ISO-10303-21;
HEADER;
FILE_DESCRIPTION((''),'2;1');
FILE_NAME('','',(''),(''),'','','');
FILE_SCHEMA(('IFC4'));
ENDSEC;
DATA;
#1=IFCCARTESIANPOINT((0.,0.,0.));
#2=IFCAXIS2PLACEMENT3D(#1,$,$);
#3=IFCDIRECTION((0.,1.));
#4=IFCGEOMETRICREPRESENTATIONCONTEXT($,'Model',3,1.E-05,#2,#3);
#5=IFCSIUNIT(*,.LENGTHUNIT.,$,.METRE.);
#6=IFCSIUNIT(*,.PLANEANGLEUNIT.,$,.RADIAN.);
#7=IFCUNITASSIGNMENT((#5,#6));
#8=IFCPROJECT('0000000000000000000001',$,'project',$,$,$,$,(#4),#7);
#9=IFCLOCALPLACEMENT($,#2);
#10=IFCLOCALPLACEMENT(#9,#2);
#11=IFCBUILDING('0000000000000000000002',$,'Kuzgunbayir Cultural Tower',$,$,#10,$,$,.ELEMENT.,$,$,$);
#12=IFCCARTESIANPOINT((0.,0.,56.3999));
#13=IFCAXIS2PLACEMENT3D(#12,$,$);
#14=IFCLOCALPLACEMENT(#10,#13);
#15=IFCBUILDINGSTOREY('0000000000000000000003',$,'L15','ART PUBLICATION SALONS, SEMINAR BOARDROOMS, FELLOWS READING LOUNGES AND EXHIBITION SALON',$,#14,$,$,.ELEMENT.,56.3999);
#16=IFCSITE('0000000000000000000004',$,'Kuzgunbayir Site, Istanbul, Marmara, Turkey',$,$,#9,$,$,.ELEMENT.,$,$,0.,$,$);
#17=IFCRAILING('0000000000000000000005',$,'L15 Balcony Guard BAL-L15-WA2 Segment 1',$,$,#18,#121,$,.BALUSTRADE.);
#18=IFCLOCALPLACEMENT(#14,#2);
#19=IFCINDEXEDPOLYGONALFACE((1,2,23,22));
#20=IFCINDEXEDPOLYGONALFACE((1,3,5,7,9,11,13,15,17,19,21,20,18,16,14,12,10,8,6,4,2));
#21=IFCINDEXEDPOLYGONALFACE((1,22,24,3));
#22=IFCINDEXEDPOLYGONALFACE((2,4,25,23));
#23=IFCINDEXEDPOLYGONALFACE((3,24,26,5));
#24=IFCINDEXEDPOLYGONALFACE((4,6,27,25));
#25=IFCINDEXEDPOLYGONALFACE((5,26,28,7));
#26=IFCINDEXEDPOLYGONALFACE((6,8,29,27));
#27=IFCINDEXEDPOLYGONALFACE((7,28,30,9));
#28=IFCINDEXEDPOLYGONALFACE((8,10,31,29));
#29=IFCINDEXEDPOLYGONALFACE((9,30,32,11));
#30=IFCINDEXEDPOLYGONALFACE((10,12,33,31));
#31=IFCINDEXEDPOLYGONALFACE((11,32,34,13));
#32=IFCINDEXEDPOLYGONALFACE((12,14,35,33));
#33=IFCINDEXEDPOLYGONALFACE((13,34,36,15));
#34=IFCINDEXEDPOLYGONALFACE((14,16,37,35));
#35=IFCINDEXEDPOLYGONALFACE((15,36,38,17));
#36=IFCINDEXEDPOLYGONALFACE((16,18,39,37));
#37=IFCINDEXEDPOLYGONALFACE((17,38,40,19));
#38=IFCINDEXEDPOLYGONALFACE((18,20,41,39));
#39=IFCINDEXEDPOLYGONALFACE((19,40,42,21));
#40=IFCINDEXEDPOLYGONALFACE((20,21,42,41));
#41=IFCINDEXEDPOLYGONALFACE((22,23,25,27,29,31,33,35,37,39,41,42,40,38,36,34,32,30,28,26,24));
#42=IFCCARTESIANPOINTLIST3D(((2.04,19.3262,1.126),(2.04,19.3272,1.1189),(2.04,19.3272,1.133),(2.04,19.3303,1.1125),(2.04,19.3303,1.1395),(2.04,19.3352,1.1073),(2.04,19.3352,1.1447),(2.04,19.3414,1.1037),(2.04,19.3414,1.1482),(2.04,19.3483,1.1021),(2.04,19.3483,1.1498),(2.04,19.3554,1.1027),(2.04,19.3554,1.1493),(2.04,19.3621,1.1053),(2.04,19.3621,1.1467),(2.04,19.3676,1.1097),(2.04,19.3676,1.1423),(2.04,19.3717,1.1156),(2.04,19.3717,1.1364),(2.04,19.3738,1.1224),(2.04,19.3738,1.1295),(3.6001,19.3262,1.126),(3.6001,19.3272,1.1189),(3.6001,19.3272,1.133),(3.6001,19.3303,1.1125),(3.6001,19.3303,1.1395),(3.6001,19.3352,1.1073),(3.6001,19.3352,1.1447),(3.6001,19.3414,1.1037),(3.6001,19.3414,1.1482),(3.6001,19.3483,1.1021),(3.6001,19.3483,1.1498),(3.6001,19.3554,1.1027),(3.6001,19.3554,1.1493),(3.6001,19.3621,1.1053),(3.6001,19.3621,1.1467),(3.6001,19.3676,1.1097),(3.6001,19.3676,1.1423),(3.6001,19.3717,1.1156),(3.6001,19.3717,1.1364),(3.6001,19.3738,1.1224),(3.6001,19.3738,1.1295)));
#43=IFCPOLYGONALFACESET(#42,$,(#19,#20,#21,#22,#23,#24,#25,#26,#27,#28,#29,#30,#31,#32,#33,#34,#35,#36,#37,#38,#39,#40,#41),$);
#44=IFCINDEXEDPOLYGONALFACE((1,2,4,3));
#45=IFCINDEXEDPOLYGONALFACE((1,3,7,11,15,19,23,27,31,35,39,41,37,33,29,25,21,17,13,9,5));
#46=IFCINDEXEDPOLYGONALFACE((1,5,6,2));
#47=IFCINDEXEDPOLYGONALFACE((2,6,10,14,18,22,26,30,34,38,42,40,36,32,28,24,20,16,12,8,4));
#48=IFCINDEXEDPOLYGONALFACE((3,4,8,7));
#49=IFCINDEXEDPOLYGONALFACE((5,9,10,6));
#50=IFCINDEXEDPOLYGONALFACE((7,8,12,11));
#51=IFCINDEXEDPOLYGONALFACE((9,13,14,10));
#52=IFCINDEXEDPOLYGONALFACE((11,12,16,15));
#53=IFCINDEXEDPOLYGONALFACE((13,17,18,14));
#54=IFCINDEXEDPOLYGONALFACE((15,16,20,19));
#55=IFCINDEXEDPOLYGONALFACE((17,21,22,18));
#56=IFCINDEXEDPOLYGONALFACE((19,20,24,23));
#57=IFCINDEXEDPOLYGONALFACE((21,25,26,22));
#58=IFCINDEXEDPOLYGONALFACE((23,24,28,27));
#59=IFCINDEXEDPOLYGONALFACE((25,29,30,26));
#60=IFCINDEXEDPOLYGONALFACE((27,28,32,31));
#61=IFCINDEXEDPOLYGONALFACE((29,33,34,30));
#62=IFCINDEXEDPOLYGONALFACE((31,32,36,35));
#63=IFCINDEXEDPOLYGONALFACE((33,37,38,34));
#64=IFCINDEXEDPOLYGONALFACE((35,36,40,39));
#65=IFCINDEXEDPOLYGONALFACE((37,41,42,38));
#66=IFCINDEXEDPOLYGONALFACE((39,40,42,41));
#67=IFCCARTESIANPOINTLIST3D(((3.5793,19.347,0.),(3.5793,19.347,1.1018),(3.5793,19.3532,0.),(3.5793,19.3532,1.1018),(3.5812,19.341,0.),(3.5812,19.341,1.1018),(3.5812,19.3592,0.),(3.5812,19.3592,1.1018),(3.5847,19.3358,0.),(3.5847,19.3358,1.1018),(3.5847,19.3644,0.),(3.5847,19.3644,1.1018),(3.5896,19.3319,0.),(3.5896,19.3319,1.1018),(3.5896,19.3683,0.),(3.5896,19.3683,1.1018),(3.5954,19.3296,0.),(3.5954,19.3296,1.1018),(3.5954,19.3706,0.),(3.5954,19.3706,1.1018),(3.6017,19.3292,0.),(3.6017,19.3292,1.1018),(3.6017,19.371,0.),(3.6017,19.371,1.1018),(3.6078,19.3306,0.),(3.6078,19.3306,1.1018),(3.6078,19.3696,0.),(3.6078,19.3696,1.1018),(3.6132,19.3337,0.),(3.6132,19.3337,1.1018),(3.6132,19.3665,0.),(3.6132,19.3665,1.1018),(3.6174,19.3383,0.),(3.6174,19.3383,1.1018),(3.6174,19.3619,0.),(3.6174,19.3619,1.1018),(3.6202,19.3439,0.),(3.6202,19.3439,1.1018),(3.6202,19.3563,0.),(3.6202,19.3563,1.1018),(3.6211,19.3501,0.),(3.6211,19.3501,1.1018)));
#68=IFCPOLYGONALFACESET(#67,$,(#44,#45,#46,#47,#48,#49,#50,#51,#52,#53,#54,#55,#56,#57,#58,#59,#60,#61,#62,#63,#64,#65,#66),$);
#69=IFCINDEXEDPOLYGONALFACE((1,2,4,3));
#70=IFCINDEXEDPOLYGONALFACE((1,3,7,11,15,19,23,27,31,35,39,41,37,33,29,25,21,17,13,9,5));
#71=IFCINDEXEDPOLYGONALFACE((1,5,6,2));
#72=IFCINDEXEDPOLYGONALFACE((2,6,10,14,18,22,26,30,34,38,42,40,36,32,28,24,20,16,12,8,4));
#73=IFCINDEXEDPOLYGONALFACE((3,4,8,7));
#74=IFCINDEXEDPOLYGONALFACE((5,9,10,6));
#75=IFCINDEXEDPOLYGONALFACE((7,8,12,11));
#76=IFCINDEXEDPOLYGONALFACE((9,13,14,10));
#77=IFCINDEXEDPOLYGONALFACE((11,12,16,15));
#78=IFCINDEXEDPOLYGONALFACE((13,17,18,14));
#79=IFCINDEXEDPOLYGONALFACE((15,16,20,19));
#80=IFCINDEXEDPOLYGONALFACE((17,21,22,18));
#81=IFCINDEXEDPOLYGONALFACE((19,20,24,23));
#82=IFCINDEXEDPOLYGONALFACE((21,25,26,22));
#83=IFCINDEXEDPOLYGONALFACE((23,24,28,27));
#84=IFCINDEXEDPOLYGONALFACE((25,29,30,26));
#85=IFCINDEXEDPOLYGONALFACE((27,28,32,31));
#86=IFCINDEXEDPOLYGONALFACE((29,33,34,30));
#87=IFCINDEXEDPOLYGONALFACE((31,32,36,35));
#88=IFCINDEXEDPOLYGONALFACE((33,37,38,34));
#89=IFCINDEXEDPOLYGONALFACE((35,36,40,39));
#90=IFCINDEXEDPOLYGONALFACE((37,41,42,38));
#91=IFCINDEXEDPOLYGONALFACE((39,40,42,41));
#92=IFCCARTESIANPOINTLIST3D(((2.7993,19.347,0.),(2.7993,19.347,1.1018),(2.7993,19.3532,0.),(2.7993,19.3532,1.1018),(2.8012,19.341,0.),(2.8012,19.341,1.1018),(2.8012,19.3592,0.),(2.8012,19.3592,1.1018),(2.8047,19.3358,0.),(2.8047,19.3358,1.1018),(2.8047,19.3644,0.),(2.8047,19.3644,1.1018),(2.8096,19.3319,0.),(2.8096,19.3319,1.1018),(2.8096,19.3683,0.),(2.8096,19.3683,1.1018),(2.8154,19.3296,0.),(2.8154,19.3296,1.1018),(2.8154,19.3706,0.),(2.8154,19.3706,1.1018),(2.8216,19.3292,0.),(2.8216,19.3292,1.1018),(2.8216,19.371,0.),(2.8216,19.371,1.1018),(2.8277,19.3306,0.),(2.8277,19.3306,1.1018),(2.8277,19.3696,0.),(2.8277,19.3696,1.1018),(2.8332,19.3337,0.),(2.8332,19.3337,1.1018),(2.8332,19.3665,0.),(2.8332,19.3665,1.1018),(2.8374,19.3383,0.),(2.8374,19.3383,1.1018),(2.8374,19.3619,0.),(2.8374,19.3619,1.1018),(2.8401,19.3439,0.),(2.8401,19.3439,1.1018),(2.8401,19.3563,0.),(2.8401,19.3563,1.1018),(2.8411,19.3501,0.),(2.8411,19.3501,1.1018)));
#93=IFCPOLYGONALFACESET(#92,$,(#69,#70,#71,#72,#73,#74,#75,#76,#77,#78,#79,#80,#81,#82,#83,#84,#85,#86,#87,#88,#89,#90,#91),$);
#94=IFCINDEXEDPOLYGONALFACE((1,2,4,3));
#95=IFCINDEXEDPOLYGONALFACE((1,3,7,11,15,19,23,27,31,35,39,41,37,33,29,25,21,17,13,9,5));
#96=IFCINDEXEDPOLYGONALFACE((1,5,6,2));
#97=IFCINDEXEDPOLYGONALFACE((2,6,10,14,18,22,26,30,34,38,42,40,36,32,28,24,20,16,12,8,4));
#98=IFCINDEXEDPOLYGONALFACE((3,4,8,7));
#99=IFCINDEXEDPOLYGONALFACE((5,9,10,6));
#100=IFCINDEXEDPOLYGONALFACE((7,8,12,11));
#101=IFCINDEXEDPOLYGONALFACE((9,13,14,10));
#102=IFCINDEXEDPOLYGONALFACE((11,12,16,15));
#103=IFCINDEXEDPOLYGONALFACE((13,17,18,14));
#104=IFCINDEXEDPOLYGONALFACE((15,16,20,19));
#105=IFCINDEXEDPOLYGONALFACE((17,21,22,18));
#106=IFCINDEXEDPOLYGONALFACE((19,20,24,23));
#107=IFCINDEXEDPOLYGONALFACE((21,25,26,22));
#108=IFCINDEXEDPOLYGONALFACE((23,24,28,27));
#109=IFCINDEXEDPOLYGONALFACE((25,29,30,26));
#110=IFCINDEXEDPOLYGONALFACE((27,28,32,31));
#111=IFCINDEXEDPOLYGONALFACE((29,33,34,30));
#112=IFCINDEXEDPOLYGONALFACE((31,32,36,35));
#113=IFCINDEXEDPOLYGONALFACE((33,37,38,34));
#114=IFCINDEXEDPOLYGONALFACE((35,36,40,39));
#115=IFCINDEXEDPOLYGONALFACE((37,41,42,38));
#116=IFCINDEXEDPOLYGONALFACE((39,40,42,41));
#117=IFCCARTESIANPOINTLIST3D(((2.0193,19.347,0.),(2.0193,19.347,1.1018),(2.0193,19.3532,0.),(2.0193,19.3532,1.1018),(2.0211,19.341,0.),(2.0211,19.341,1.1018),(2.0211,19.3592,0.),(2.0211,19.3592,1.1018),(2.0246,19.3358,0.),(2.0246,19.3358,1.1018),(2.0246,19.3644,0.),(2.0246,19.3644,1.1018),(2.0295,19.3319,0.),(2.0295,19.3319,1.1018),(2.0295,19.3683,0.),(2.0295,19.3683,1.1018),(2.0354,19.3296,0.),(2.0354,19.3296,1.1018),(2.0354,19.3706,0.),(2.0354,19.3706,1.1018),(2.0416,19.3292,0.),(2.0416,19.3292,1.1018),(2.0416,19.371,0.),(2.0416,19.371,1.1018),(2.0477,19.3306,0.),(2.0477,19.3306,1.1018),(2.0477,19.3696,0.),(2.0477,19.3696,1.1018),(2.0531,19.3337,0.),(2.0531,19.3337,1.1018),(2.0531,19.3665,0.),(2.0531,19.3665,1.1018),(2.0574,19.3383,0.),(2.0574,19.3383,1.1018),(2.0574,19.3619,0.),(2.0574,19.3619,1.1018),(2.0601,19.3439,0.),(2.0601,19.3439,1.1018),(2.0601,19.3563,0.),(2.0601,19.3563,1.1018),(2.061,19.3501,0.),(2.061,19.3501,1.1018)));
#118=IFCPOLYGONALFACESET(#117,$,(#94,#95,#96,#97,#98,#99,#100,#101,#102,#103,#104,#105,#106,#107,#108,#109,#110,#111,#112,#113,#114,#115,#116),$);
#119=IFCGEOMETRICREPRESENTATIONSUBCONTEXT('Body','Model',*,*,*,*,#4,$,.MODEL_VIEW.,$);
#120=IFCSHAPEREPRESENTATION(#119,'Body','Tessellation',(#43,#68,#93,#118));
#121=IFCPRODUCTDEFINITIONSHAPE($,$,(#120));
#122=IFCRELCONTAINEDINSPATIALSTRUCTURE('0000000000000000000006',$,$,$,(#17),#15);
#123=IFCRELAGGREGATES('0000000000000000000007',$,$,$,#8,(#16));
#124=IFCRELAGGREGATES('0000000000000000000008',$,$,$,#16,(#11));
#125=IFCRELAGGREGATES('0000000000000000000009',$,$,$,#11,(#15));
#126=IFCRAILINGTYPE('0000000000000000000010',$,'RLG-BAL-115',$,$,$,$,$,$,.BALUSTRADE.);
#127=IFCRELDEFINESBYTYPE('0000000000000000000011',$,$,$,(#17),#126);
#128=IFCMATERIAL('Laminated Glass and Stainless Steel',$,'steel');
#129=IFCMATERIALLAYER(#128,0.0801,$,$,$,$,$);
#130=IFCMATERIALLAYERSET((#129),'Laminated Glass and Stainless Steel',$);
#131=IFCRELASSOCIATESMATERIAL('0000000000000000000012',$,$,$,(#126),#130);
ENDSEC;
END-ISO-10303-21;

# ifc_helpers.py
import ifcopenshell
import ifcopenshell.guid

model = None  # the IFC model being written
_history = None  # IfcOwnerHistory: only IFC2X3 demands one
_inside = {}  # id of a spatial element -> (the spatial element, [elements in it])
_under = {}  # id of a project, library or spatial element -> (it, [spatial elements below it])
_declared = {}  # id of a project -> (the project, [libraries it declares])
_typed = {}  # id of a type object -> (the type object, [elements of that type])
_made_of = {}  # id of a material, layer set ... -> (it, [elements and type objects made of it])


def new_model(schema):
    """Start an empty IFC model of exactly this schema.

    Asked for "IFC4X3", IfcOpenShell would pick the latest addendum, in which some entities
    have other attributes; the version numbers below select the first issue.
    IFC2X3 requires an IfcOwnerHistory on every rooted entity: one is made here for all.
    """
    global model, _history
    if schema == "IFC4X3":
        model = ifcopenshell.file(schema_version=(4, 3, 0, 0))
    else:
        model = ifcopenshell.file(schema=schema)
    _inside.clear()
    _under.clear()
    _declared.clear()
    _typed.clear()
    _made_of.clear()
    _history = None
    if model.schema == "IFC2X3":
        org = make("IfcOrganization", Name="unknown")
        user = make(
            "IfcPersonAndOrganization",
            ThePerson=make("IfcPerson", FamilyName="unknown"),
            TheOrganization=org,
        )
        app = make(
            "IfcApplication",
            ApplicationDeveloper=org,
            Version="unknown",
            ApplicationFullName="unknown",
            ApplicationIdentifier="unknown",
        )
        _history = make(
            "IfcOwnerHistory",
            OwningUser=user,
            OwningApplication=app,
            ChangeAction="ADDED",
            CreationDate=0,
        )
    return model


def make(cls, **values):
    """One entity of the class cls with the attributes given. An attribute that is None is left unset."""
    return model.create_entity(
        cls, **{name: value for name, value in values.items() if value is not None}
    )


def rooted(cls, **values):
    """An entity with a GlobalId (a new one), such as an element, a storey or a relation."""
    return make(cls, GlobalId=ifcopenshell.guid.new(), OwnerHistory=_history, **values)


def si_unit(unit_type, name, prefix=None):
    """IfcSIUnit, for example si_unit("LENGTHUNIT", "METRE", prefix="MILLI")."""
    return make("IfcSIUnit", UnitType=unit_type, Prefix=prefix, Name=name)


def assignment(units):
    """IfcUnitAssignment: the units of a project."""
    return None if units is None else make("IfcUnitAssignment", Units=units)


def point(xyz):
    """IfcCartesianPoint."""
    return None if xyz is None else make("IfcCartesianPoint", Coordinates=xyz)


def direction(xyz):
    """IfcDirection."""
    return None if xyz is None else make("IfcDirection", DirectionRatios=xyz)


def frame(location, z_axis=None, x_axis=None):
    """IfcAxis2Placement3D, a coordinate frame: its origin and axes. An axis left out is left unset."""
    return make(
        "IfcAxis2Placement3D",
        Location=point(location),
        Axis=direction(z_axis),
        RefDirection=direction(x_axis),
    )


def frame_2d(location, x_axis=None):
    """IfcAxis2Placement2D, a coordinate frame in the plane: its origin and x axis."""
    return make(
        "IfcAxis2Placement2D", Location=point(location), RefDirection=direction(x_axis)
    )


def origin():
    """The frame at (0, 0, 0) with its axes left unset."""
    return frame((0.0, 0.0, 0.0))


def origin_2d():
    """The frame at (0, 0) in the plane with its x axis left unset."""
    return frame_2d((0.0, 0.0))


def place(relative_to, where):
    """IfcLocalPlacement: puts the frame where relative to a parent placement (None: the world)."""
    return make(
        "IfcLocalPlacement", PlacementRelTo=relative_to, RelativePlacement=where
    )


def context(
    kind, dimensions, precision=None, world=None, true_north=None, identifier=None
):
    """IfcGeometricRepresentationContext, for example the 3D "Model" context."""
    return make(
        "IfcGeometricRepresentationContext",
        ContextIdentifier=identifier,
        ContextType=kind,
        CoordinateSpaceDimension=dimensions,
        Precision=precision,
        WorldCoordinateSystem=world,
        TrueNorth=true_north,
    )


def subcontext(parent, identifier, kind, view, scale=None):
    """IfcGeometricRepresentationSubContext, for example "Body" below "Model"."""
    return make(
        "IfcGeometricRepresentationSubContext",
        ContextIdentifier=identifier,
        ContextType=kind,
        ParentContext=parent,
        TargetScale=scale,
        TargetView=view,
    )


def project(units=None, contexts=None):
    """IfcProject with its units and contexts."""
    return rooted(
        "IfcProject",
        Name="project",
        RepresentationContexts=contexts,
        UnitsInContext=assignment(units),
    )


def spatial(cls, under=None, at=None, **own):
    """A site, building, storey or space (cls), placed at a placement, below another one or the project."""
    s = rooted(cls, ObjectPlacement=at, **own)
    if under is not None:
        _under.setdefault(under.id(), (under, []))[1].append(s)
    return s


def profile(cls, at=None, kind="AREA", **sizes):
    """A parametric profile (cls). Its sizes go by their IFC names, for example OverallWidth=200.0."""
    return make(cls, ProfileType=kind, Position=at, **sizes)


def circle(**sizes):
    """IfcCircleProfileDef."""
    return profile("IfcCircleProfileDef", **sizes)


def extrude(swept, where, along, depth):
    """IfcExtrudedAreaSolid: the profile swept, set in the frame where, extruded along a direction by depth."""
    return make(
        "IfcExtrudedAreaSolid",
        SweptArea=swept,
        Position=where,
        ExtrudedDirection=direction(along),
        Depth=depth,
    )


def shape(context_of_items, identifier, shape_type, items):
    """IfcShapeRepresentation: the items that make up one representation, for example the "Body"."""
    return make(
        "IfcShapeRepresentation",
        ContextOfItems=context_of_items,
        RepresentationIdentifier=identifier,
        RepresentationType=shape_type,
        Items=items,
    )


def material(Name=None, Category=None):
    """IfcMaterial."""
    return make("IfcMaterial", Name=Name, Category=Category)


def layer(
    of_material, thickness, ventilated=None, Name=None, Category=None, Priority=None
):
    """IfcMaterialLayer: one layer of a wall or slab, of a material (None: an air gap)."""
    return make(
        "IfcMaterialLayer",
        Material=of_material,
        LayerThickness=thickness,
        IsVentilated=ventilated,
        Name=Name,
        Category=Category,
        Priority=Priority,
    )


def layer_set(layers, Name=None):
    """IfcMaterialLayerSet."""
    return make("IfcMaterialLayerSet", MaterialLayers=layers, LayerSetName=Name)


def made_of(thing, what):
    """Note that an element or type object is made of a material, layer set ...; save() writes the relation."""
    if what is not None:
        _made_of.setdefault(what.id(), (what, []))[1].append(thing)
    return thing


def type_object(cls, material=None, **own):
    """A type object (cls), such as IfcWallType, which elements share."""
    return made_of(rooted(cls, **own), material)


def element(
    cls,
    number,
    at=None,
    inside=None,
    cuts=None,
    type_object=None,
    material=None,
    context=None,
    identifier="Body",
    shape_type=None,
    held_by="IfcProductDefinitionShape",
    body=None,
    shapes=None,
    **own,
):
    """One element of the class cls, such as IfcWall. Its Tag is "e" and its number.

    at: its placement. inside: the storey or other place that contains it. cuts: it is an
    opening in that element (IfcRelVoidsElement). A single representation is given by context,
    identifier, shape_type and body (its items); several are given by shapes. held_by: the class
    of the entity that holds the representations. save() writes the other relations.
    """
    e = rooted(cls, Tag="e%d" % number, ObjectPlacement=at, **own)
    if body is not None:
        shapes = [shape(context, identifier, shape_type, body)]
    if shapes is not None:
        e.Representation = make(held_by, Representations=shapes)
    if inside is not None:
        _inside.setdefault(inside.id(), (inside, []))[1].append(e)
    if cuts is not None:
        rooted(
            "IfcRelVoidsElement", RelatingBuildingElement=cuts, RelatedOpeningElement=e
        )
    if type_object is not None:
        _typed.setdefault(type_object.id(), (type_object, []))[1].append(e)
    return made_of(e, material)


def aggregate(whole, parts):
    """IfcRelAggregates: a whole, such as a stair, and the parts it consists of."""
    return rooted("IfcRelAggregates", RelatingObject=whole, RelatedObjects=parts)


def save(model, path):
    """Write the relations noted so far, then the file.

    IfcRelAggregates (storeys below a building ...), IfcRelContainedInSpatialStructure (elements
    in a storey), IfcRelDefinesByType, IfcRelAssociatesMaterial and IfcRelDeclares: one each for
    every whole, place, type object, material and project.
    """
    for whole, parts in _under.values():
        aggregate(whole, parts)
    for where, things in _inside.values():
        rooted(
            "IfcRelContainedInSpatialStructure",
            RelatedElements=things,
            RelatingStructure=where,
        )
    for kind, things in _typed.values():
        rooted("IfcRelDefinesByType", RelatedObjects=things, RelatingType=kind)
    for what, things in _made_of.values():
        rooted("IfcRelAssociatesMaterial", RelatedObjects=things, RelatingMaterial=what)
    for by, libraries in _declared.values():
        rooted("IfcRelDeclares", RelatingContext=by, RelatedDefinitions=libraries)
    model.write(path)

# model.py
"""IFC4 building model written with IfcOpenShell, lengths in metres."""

from ifc_helpers import new_model, si_unit, direction, frame, origin, origin_2d, place, context, subcontext, project, spatial, circle, extrude, material, layer, layer_set, type_object, element, save


model = new_model("IFC4")

# Units and contexts
model_context = context("Model", 3, precision=1e-05, world=origin(), true_north=direction((0.0, 1.0)))
body_context = subcontext(model_context, "Body", "Model", "MODEL_VIEW")
ifc_project = project(units=[si_unit("LENGTHUNIT", "METRE"), si_unit("PLANEANGLEUNIT", "RADIAN")], contexts=[model_context])

# Site, building, storey
site_placement = place(None, origin())
site = spatial("IfcSite", under=ifc_project, at=site_placement, Name="Kuzgunbayir Site, Istanbul, Marmara, Turkey", CompositionType="ELEMENT", RefElevation=0.0)
building_placement = place(site_placement, origin())
building = spatial("IfcBuilding", under=site, at=building_placement, Name="Kuzgunbayir Cultural Tower", CompositionType="ELEMENT")
storey_placement = place(building_placement, frame((0.0, 0.0, 56.3999)))
storey = spatial("IfcBuildingStorey", under=building, at=storey_placement, Name="L15", Description="ART PUBLICATION SALONS, SEMINAR BOARDROOMS, FELLOWS READING LOUNGES AND EXHIBITION SALON", CompositionType="ELEMENT", Elevation=56.3999)

# Railing
ifc_material_1 = material(Name="Laminated Glass and Stainless Steel", Category="steel")
ifc_layer_1 = layer(ifc_material_1, 0.0801)
ifc_layer_set_1 = layer_set([ifc_layer_1], Name="Laminated Glass and Stainless Steel")
railing_type = type_object("IfcRailingType", Name="RLG-BAL-115", PredefinedType="BALUSTRADE", material=ifc_layer_set_1)
railing_1_placement = place(storey_placement, frame((3.6001, 19.3501, 0.0)))
element("IfcRailing", 1, at=railing_1_placement, inside=storey, type_object=railing_type, Name="L15 Balcony Guard BAL-L15-WA2 Segment 1", PredefinedType="BALUSTRADE", context=body_context, shape_type="SweptSolid", body=[
    extrude(circle(Radius=0.0239, at=origin_2d()), frame((0.0, 0.0, 1.126), z_axis=(-1.0, 0.0, 0.0), x_axis=(0.0, -1.0, 0.0)), (0.0, 0.0, 1.0), 1.5601),
    extrude(circle(Radius=0.021, at=origin_2d()), origin(), (0.0, 0.0, 1.0), 1.1018),
    extrude(circle(Radius=0.021, at=origin_2d()), frame((-0.78, 0.0, 0.0)), (0.0, 0.0, 1.0), 1.1018),
    extrude(circle(Radius=0.021, at=origin_2d()), frame((-1.5601, 0.0, 0.0)), (0.0, 0.0, 1.0), 1.1018),
])

save(model, "model.ifc")
